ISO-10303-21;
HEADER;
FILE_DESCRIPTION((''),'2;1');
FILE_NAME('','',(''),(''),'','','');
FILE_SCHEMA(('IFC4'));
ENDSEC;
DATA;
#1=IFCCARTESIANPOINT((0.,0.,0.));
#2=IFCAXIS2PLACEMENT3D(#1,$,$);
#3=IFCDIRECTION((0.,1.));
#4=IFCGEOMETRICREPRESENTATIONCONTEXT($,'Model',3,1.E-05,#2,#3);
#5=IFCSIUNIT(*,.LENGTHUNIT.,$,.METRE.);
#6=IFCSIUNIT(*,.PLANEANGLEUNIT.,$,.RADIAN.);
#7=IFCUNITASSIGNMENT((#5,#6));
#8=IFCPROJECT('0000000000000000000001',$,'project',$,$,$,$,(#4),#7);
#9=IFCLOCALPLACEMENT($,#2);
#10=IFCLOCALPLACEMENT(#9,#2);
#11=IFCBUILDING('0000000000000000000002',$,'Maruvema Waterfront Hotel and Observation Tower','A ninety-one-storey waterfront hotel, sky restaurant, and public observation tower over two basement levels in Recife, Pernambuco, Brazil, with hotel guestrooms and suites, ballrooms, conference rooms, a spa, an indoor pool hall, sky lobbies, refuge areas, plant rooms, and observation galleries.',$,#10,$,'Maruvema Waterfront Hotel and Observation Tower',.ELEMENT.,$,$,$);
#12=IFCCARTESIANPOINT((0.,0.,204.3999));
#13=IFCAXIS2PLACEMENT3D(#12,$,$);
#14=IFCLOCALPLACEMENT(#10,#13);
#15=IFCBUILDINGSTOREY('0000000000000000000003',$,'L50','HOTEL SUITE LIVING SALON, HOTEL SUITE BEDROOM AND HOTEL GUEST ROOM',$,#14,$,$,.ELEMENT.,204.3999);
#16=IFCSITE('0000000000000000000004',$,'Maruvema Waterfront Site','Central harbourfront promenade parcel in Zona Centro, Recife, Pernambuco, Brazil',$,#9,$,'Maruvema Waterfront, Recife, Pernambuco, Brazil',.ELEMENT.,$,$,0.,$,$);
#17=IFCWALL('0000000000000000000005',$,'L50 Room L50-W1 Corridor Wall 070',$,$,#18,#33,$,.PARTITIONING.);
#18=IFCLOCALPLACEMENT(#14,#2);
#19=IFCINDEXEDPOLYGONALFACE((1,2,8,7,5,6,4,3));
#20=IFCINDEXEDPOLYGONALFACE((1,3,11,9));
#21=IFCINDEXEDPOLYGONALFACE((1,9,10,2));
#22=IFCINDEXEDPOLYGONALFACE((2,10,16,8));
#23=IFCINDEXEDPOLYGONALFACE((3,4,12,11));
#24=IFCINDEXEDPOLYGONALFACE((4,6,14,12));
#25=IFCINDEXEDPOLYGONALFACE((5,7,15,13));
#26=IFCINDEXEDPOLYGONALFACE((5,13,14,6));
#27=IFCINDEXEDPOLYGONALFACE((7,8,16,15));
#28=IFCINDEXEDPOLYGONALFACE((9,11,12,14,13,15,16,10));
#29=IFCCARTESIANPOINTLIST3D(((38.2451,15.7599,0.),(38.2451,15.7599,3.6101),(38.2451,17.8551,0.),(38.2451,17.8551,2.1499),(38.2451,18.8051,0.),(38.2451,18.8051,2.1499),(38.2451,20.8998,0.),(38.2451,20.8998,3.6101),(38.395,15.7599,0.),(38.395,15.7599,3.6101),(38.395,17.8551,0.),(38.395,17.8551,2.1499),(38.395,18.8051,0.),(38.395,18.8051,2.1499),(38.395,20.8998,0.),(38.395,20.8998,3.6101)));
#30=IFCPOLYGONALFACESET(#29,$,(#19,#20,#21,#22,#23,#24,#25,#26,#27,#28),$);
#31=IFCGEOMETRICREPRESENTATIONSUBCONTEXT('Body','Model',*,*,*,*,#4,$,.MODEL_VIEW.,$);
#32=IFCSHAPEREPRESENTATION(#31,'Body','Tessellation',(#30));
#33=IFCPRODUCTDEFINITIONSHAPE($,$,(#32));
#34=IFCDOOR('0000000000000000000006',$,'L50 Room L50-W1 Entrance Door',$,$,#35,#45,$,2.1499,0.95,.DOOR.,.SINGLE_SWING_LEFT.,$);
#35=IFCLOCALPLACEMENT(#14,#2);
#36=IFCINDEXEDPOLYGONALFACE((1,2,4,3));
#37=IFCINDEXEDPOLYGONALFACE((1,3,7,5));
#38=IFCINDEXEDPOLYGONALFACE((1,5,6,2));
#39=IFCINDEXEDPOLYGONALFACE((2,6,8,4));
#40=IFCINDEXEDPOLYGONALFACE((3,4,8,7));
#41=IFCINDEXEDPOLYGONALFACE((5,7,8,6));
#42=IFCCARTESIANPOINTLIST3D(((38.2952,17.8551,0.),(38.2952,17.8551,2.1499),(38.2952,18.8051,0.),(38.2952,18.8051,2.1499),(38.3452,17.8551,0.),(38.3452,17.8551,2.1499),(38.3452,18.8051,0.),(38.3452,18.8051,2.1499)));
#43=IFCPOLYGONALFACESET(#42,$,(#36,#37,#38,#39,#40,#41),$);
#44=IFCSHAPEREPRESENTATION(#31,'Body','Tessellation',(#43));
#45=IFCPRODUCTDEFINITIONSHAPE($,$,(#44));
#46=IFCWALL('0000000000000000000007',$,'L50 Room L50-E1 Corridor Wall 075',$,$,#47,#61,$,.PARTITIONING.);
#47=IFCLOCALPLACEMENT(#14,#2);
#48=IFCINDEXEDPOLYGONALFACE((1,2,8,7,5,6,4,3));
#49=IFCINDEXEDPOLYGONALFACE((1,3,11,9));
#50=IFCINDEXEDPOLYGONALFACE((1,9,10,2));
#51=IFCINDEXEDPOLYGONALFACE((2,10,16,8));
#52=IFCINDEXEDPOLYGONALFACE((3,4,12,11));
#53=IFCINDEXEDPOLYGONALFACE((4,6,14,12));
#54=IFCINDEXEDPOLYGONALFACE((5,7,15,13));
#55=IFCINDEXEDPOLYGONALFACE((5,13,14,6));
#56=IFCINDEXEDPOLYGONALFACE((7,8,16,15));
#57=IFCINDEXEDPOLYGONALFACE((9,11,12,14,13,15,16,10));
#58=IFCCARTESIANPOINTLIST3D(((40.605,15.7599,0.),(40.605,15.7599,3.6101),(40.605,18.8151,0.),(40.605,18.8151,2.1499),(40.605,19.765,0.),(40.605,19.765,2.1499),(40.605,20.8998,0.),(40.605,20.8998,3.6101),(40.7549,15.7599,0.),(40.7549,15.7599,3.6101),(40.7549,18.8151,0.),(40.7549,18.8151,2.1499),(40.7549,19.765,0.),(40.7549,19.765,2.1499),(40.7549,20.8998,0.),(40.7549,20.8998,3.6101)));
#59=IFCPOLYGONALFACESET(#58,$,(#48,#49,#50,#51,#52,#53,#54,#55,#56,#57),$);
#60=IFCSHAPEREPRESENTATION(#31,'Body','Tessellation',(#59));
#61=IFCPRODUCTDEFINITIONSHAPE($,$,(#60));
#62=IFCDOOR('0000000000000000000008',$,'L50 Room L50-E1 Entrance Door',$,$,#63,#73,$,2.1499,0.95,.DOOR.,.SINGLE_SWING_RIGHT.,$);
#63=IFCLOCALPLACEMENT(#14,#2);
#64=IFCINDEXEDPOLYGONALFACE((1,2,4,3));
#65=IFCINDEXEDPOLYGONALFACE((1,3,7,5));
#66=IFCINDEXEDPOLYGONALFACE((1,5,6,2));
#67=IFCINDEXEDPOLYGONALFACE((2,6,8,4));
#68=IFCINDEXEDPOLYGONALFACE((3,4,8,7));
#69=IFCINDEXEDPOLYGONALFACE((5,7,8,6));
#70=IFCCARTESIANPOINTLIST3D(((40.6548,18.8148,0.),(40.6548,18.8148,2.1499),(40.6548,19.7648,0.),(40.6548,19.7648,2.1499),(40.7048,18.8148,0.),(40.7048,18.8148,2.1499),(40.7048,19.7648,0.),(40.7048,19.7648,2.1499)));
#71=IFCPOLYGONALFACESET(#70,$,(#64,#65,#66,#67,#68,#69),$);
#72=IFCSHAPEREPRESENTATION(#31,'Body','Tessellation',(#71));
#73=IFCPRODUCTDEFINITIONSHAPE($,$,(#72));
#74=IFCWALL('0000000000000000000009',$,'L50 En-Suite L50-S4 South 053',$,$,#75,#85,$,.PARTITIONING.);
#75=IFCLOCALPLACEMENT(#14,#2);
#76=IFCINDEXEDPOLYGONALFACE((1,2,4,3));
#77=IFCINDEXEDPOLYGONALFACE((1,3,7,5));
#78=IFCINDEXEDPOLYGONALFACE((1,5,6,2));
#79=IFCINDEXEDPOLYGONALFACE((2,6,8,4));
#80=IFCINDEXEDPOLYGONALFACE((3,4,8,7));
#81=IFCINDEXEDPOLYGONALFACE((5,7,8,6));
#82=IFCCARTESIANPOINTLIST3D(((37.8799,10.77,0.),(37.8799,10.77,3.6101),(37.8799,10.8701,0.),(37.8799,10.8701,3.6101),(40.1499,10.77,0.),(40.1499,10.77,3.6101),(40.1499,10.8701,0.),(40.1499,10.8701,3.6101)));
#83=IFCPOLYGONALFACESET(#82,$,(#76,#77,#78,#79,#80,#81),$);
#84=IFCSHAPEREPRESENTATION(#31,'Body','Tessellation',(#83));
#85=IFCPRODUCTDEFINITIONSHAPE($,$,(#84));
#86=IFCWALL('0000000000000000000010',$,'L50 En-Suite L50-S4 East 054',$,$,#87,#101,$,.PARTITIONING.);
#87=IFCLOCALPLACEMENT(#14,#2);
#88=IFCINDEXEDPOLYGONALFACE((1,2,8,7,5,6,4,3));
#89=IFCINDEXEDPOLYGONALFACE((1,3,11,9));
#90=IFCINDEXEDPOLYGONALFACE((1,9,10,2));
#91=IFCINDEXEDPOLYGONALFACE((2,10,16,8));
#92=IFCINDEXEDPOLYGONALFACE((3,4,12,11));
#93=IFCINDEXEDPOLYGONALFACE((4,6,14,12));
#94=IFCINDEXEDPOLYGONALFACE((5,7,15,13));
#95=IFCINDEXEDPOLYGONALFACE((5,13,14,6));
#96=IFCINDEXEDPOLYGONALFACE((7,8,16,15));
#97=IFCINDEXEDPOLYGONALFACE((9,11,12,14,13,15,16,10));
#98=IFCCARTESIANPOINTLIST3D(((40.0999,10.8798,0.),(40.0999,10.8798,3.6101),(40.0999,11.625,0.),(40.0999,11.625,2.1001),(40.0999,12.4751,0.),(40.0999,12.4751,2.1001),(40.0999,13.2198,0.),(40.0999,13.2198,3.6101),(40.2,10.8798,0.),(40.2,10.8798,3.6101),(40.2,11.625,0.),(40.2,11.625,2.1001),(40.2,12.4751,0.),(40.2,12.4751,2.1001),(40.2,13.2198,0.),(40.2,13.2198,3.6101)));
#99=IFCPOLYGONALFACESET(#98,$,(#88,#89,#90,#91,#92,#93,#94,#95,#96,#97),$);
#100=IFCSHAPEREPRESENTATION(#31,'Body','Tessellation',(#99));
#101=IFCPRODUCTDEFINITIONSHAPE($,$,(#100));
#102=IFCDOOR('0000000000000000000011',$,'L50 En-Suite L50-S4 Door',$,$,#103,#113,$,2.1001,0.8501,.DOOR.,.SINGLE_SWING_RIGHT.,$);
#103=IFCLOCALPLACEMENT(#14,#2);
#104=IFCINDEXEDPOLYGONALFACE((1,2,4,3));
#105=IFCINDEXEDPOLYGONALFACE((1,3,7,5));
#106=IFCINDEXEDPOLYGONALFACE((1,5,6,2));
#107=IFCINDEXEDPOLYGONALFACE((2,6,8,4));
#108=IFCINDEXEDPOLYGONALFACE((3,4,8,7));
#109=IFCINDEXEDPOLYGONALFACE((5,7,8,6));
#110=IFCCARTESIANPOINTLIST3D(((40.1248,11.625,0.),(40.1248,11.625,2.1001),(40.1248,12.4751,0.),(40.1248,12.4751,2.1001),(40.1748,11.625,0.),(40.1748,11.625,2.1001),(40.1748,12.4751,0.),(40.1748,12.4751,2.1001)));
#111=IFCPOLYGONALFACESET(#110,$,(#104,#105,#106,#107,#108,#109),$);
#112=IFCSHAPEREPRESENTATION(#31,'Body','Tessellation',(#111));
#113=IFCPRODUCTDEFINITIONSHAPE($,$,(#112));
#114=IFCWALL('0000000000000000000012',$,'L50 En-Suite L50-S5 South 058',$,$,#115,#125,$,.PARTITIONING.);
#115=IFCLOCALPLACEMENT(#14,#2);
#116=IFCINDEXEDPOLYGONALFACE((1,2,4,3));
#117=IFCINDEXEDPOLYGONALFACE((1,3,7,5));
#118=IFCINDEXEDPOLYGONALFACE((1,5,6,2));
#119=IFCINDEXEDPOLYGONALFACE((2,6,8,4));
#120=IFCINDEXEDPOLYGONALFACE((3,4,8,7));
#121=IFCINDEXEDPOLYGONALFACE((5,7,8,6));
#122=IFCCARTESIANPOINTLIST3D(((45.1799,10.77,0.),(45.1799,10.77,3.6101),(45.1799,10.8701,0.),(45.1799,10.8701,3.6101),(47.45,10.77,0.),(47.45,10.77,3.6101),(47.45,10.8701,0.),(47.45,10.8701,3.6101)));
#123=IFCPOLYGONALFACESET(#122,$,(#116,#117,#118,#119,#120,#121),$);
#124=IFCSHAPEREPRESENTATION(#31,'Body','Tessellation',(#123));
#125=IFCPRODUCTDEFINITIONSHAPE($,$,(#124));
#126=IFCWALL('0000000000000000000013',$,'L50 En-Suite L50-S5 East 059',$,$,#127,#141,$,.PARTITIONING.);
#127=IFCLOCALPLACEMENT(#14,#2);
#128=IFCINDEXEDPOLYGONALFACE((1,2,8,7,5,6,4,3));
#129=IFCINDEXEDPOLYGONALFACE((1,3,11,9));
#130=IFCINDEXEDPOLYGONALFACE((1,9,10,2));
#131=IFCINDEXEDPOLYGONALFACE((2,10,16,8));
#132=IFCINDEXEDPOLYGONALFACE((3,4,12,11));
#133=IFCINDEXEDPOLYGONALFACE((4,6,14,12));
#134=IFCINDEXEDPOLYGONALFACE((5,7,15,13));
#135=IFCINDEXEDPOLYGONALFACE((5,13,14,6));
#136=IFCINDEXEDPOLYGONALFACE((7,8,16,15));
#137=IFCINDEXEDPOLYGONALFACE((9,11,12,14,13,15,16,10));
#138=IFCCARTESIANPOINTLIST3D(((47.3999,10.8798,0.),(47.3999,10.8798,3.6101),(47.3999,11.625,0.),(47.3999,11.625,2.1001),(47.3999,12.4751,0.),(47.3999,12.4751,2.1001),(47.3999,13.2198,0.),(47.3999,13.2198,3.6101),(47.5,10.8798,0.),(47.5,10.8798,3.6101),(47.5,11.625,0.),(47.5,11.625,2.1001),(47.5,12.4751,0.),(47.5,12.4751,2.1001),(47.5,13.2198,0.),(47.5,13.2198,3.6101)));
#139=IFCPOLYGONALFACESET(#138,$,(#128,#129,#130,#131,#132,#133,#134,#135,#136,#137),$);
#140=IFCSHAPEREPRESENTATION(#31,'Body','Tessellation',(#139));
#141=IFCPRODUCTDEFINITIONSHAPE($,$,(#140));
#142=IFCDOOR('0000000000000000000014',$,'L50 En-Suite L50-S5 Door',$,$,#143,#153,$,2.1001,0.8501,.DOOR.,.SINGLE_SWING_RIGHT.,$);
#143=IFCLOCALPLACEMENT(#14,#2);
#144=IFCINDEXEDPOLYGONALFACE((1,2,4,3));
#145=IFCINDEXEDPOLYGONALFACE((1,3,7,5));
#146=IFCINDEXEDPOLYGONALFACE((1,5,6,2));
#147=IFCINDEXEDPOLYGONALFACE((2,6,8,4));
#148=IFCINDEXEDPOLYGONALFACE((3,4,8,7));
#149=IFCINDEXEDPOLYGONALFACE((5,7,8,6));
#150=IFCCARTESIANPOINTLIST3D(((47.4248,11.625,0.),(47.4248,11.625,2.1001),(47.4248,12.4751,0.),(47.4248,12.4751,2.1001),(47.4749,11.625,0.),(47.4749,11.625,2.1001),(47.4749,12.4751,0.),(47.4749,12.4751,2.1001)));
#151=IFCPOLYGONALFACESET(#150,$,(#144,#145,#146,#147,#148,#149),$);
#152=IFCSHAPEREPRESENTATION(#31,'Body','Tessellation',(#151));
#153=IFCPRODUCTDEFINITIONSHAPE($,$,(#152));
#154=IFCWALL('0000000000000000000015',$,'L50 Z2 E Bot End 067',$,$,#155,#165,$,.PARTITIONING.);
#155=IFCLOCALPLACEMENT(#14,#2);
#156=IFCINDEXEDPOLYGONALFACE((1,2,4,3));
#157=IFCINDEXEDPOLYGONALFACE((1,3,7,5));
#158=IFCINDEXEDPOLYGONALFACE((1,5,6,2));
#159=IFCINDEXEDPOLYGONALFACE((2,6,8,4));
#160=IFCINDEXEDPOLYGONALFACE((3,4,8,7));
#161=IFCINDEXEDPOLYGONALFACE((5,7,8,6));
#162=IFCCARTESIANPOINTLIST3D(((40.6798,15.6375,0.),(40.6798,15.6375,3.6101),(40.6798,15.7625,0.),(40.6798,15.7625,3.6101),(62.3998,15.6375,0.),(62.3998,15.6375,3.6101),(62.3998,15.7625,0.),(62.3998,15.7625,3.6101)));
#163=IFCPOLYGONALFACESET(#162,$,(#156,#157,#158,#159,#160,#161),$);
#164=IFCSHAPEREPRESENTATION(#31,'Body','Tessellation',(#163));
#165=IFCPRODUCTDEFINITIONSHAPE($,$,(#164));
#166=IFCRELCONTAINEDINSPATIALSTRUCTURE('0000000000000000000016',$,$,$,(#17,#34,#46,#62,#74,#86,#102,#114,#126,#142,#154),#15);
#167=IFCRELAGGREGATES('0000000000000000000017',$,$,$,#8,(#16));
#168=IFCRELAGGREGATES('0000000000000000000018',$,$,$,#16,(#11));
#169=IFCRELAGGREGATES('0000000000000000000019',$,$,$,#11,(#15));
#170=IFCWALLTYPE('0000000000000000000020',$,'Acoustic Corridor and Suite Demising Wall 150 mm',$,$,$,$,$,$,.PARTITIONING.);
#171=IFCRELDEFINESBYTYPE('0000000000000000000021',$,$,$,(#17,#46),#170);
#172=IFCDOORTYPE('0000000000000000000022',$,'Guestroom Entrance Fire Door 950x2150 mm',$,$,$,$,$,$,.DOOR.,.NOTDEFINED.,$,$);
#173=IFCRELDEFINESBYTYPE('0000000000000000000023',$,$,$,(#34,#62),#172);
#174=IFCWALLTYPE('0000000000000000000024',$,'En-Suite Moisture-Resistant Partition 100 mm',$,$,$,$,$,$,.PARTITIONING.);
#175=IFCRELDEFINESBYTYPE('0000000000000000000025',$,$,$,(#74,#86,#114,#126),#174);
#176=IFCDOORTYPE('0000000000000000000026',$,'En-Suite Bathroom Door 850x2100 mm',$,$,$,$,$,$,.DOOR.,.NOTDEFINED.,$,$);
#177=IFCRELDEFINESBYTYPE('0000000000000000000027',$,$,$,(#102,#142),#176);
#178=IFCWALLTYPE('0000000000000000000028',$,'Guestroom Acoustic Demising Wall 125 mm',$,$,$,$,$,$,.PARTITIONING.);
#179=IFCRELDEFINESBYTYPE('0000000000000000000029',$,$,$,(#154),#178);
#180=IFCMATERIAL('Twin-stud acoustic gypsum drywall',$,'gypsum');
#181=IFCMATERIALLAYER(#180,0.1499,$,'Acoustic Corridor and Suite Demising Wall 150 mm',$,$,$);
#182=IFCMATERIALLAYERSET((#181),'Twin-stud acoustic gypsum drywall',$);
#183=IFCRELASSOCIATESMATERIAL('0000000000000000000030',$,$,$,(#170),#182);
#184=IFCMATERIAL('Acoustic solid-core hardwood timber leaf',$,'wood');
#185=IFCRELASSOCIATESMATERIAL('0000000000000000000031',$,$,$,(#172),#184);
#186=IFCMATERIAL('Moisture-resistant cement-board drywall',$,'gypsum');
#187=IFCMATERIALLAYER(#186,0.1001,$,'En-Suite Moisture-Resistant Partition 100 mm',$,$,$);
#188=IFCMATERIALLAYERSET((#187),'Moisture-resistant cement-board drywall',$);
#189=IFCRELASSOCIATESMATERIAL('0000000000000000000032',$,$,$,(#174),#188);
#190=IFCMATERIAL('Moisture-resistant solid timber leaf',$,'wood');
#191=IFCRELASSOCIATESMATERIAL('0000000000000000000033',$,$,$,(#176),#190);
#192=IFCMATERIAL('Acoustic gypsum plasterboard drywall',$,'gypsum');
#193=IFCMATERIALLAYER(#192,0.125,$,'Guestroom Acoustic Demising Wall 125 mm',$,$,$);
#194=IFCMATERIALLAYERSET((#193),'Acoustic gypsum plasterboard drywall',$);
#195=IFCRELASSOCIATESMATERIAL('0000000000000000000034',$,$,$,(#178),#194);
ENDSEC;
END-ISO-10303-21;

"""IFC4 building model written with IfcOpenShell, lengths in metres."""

from ifc_helpers import new_model, si_unit, direction, frame, frame_2d, origin, place, context, subcontext, project, spatial, rectangle, extrude, material, layer, layer_set, type_object, element, fill, save


model = new_model("IFC4")

# Units and contexts
model_context = context("Model", 3, precision=1e-05, world=origin(), true_north=direction((0.0, 1.0)))
body_context = subcontext(model_context, "Body", "Model", "MODEL_VIEW")
ifc_project = project(units=[si_unit("LENGTHUNIT", "METRE"), si_unit("PLANEANGLEUNIT", "RADIAN")], contexts=[model_context])

# Site, building, storey
site_placement = place(None, origin())
site = spatial("IfcSite", under=ifc_project, at=site_placement, Name="Maruvema Waterfront Site", Description="Central harbourfront promenade parcel in Zona Centro, Recife, Pernambuco, Brazil", LongName="Maruvema Waterfront, Recife, Pernambuco, Brazil", CompositionType="ELEMENT", RefElevation=0.0)
building_placement = place(site_placement, origin())
building = spatial("IfcBuilding", under=site, at=building_placement, Name="Maruvema Waterfront Hotel and Observation Tower", Description="A ninety-one-storey waterfront hotel, sky restaurant, and public observation tower over two basement levels in Recife, Pernambuco, Brazil, with hotel guestrooms and suites, ballrooms, conference rooms, a spa, an indoor pool hall, sky lobbies, refuge areas, plant rooms, and observation galleries.", LongName="Maruvema Waterfront Hotel and Observation Tower", CompositionType="ELEMENT")
storey_placement = place(building_placement, frame((0.0, 0.0, 204.3999)))
storey = spatial("IfcBuildingStorey", under=building, at=storey_placement, Name="L50", Description="HOTEL SUITE LIVING SALON, HOTEL SUITE BEDROOM AND HOTEL GUEST ROOM", CompositionType="ELEMENT", Elevation=204.3999)

# Shared definitions
ifc_material_1 = material(Name="Twin-stud acoustic gypsum drywall", Category="gypsum")
ifc_layer_1 = layer(ifc_material_1, 0.1499, Name="Acoustic Corridor and Suite Demising Wall 150 mm")
ifc_layer_set_1 = layer_set([ifc_layer_1], Name="Twin-stud acoustic gypsum drywall")
wall_type_1 = type_object("IfcWallType", Name="Acoustic Corridor and Suite Demising Wall 150 mm", PredefinedType="PARTITIONING", material=ifc_layer_set_1)

# Shared definitions
ifc_material_2 = material(Name="Acoustic solid-core hardwood timber leaf", Category="wood")
door_type_1 = type_object("IfcDoorType", Name="Guestroom Entrance Fire Door 950x2150 mm", OperationType="NOTDEFINED", PredefinedType="DOOR", material=ifc_material_2)

# Walls, openings, doors
wall_1_placement = place(storey_placement, frame((38.3201, 15.76, 0.0), z_axis=(0.0, 0.0, 1.0), x_axis=(0.0, 1.0, 0.0)))
wall_1 = element("IfcWall", 1, at=wall_1_placement, inside=storey, type_object=wall_type_1, Name="L50 Room L50-W1 Corridor Wall 070", PredefinedType="PARTITIONING", context=body_context, shape_type="SweptSolid", body=[
    extrude(rectangle(XDim=5.1399, YDim=0.1499, at=frame_2d((2.5698, 0.0))), origin(), (0.0, 0.0, 1.0), 3.6101),
])
opening_1_placement = place(wall_1_placement, frame((2.095, 0.0, 0.0)))
opening_1 = element("IfcOpeningElement", 2, at=opening_1_placement, cuts=wall_1, PredefinedType="OPENING", context=body_context, shape_type="SweptSolid", body=[
    extrude(rectangle(XDim=0.95, YDim=2.1499, at=frame_2d((0.4751, 1.075))), frame((0.0, 0.085, 0.0), z_axis=(0.0, -1.0, 0.0), x_axis=(1.0, 0.0, 0.0)), (0.0, 0.0, 1.0), 0.1699),
])
door_1_placement = place(opening_1_placement, origin())
door_1 = element("IfcDoor", 3, at=door_1_placement, inside=storey, type_object=door_type_1, Name="L50 Room L50-W1 Entrance Door", OperationType="SINGLE_SWING_LEFT", OverallHeight=2.1499, OverallWidth=0.95, PredefinedType="DOOR", context=body_context, shape_type="SweptSolid", body=[
    extrude(rectangle(XDim=0.95, YDim=2.1499, at=frame_2d((0.4751, 1.075))), frame((0.0, 0.0249, 0.0), z_axis=(0.0, -1.0, 0.0), x_axis=(1.0, 0.0, 0.0)), (0.0, 0.0, 1.0), 0.05),
])
fill(opening_1, door_1)
wall_2_placement = place(storey_placement, frame((40.6799, 15.76, 0.0), z_axis=(0.0, 0.0, 1.0), x_axis=(0.0, 1.0, 0.0)))
wall_2 = element("IfcWall", 4, at=wall_2_placement, inside=storey, type_object=wall_type_1, Name="L50 Room L50-E1 Corridor Wall 075", PredefinedType="PARTITIONING", context=body_context, shape_type="SweptSolid", body=[
    extrude(rectangle(XDim=5.1399, YDim=0.1499, at=frame_2d((2.5698, 0.0))), origin(), (0.0, 0.0, 1.0), 3.6101),
])
opening_2_placement = place(wall_2_placement, frame((3.0549, 0.0, 0.0)))
opening_2 = element("IfcOpeningElement", 5, at=opening_2_placement, cuts=wall_2, PredefinedType="OPENING", context=body_context, shape_type="SweptSolid", body=[
    extrude(rectangle(XDim=0.95, YDim=2.1499, at=frame_2d((0.4751, 1.075))), frame((0.0, 0.085, 0.0), z_axis=(0.0, -1.0, 0.0), x_axis=(1.0, 0.0, 0.0)), (0.0, 0.0, 1.0), 0.1699),
])
door_2_placement = place(opening_2_placement, frame((0.95, 0.0, 0.0), z_axis=(0.0, 0.0, 1.0), x_axis=(-1.0, 0.0, 0.0)))
door_2 = element("IfcDoor", 6, at=door_2_placement, inside=storey, type_object=door_type_1, Name="L50 Room L50-E1 Entrance Door", OperationType="SINGLE_SWING_RIGHT", OverallHeight=2.1499, OverallWidth=0.95, PredefinedType="DOOR", context=body_context, shape_type="SweptSolid", body=[
    extrude(rectangle(XDim=0.95, YDim=2.1499, at=frame_2d((0.4751, 1.075))), frame((0.0, 0.0249, 0.0), z_axis=(0.0, -1.0, 0.0), x_axis=(1.0, 0.0, 0.0)), (0.0, 0.0, 1.0), 0.05),
])
fill(opening_2, door_2)

# Wall
ifc_material_3 = material(Name="Moisture-resistant cement-board drywall", Category="gypsum")
ifc_layer_2 = layer(ifc_material_3, 0.1001, Name="En-Suite Moisture-Resistant Partition 100 mm")
ifc_layer_set_2 = layer_set([ifc_layer_2], Name="Moisture-resistant cement-board drywall")
wall_type_2 = type_object("IfcWallType", Name="En-Suite Moisture-Resistant Partition 100 mm", PredefinedType="PARTITIONING", material=ifc_layer_set_2)
wall_3_placement = place(storey_placement, frame((37.8799, 10.8201, 0.0), z_axis=(0.0, 0.0, 1.0), x_axis=(1.0, 0.0, 0.0)))
element("IfcWall", 7, at=wall_3_placement, inside=storey, type_object=wall_type_2, Name="L50 En-Suite L50-S4 South 053", PredefinedType="PARTITIONING", context=body_context, shape_type="SweptSolid", body=[
    extrude(rectangle(XDim=2.27, YDim=0.1001, at=frame_2d((1.135, 0.0))), origin(), (0.0, 0.0, 1.0), 3.6101),
])

# Wall, opening, door
wall_4_placement = place(storey_placement, frame((40.1499, 10.8799, 0.0), z_axis=(0.0, 0.0, 1.0), x_axis=(0.0, 1.0, 0.0)))
wall_4 = element("IfcWall", 8, at=wall_4_placement, inside=storey, type_object=wall_type_2, Name="L50 En-Suite L50-S4 East 054", PredefinedType="PARTITIONING", context=body_context, shape_type="SweptSolid", body=[
    extrude(rectangle(XDim=2.3401, YDim=0.1001, at=frame_2d((1.1699, 0.0))), origin(), (0.0, 0.0, 1.0), 3.6101),
])
opening_3_placement = place(wall_4_placement, frame((0.7451, 0.0, 0.0)))
opening_3 = element("IfcOpeningElement", 9, at=opening_3_placement, cuts=wall_4, PredefinedType="OPENING", context=body_context, shape_type="SweptSolid", body=[
    extrude(rectangle(XDim=0.8501, YDim=2.1001, at=frame_2d((0.425, 1.05))), frame((0.0, 0.0601, 0.0), z_axis=(0.0, -1.0, 0.0), x_axis=(1.0, 0.0, 0.0)), (0.0, 0.0, 1.0), 0.1201),
])
ifc_material_4 = material(Name="Moisture-resistant solid timber leaf", Category="wood")
door_type_2 = type_object("IfcDoorType", Name="En-Suite Bathroom Door 850x2100 mm", OperationType="NOTDEFINED", PredefinedType="DOOR", material=ifc_material_4)
door_3_placement = place(opening_3_placement, frame((0.8501, 0.0, 0.0), z_axis=(0.0, 0.0, 1.0), x_axis=(-1.0, 0.0, 0.0)))
door_3 = element("IfcDoor", 10, at=door_3_placement, inside=storey, type_object=door_type_2, Name="L50 En-Suite L50-S4 Door", OperationType="SINGLE_SWING_RIGHT", OverallHeight=2.1001, OverallWidth=0.8501, PredefinedType="DOOR", context=body_context, shape_type="SweptSolid", body=[
    extrude(rectangle(XDim=0.8501, YDim=2.1001, at=frame_2d((0.425, 1.05))), frame((0.0, 0.0249, 0.0), z_axis=(0.0, -1.0, 0.0), x_axis=(1.0, 0.0, 0.0)), (0.0, 0.0, 1.0), 0.05),
])
fill(opening_3, door_3)

# Wall
wall_5_placement = place(storey_placement, frame((45.1799, 10.8201, 0.0), z_axis=(0.0, 0.0, 1.0), x_axis=(1.0, 0.0, 0.0)))
element("IfcWall", 11, at=wall_5_placement, inside=storey, type_object=wall_type_2, Name="L50 En-Suite L50-S5 South 058", PredefinedType="PARTITIONING", context=body_context, shape_type="SweptSolid", body=[
    extrude(rectangle(XDim=2.27, YDim=0.1001, at=frame_2d((1.135, 0.0))), origin(), (0.0, 0.0, 1.0), 3.6101),
])

# Wall, opening, door
wall_6_placement = place(storey_placement, frame((47.45, 10.8799, 0.0), z_axis=(0.0, 0.0, 1.0), x_axis=(0.0, 1.0, 0.0)))
wall_6 = element("IfcWall", 12, at=wall_6_placement, inside=storey, type_object=wall_type_2, Name="L50 En-Suite L50-S5 East 059", PredefinedType="PARTITIONING", context=body_context, shape_type="SweptSolid", body=[
    extrude(rectangle(XDim=2.3401, YDim=0.1001, at=frame_2d((1.1699, 0.0))), origin(), (0.0, 0.0, 1.0), 3.6101),
])
opening_4_placement = place(wall_6_placement, frame((0.7451, 0.0, 0.0)))
opening_4 = element("IfcOpeningElement", 13, at=opening_4_placement, cuts=wall_6, PredefinedType="OPENING", context=body_context, shape_type="SweptSolid", body=[
    extrude(rectangle(XDim=0.8501, YDim=2.1001, at=frame_2d((0.425, 1.05))), frame((0.0, 0.0601, 0.0), z_axis=(0.0, -1.0, 0.0), x_axis=(1.0, 0.0, 0.0)), (0.0, 0.0, 1.0), 0.1201),
])
door_4_placement = place(opening_4_placement, frame((0.8501, 0.0, 0.0), z_axis=(0.0, 0.0, 1.0), x_axis=(-1.0, 0.0, 0.0)))
door_4 = element("IfcDoor", 14, at=door_4_placement, inside=storey, type_object=door_type_2, Name="L50 En-Suite L50-S5 Door", OperationType="SINGLE_SWING_RIGHT", OverallHeight=2.1001, OverallWidth=0.8501, PredefinedType="DOOR", context=body_context, shape_type="SweptSolid", body=[
    extrude(rectangle(XDim=0.8501, YDim=2.1001, at=frame_2d((0.425, 1.05))), frame((0.0, 0.0249, 0.0), z_axis=(0.0, -1.0, 0.0), x_axis=(1.0, 0.0, 0.0)), (0.0, 0.0, 1.0), 0.05),
])
fill(opening_4, door_4)

# Wall
ifc_material_5 = material(Name="Acoustic gypsum plasterboard drywall", Category="gypsum")
ifc_layer_3 = layer(ifc_material_5, 0.125, Name="Guestroom Acoustic Demising Wall 125 mm")
ifc_layer_set_3 = layer_set([ifc_layer_3], Name="Acoustic gypsum plasterboard drywall")
wall_type_3 = type_object("IfcWallType", Name="Guestroom Acoustic Demising Wall 125 mm", PredefinedType="PARTITIONING", material=ifc_layer_set_3)
wall_7_placement = place(storey_placement, frame((40.6799, 15.7, 0.0), z_axis=(0.0, 0.0, 1.0), x_axis=(1.0, 0.0, 0.0)))
element("IfcWall", 15, at=wall_7_placement, inside=storey, type_object=wall_type_3, Name="L50 Z2 E Bot End 067", PredefinedType="PARTITIONING", context=body_context, shape_type="SweptSolid", body=[
    extrude(rectangle(XDim=21.72, YDim=0.125, at=frame_2d((10.8599, 0.0))), origin(), (0.0, 0.0, 1.0), 3.6101),
])

save(model, "model.ifc")
